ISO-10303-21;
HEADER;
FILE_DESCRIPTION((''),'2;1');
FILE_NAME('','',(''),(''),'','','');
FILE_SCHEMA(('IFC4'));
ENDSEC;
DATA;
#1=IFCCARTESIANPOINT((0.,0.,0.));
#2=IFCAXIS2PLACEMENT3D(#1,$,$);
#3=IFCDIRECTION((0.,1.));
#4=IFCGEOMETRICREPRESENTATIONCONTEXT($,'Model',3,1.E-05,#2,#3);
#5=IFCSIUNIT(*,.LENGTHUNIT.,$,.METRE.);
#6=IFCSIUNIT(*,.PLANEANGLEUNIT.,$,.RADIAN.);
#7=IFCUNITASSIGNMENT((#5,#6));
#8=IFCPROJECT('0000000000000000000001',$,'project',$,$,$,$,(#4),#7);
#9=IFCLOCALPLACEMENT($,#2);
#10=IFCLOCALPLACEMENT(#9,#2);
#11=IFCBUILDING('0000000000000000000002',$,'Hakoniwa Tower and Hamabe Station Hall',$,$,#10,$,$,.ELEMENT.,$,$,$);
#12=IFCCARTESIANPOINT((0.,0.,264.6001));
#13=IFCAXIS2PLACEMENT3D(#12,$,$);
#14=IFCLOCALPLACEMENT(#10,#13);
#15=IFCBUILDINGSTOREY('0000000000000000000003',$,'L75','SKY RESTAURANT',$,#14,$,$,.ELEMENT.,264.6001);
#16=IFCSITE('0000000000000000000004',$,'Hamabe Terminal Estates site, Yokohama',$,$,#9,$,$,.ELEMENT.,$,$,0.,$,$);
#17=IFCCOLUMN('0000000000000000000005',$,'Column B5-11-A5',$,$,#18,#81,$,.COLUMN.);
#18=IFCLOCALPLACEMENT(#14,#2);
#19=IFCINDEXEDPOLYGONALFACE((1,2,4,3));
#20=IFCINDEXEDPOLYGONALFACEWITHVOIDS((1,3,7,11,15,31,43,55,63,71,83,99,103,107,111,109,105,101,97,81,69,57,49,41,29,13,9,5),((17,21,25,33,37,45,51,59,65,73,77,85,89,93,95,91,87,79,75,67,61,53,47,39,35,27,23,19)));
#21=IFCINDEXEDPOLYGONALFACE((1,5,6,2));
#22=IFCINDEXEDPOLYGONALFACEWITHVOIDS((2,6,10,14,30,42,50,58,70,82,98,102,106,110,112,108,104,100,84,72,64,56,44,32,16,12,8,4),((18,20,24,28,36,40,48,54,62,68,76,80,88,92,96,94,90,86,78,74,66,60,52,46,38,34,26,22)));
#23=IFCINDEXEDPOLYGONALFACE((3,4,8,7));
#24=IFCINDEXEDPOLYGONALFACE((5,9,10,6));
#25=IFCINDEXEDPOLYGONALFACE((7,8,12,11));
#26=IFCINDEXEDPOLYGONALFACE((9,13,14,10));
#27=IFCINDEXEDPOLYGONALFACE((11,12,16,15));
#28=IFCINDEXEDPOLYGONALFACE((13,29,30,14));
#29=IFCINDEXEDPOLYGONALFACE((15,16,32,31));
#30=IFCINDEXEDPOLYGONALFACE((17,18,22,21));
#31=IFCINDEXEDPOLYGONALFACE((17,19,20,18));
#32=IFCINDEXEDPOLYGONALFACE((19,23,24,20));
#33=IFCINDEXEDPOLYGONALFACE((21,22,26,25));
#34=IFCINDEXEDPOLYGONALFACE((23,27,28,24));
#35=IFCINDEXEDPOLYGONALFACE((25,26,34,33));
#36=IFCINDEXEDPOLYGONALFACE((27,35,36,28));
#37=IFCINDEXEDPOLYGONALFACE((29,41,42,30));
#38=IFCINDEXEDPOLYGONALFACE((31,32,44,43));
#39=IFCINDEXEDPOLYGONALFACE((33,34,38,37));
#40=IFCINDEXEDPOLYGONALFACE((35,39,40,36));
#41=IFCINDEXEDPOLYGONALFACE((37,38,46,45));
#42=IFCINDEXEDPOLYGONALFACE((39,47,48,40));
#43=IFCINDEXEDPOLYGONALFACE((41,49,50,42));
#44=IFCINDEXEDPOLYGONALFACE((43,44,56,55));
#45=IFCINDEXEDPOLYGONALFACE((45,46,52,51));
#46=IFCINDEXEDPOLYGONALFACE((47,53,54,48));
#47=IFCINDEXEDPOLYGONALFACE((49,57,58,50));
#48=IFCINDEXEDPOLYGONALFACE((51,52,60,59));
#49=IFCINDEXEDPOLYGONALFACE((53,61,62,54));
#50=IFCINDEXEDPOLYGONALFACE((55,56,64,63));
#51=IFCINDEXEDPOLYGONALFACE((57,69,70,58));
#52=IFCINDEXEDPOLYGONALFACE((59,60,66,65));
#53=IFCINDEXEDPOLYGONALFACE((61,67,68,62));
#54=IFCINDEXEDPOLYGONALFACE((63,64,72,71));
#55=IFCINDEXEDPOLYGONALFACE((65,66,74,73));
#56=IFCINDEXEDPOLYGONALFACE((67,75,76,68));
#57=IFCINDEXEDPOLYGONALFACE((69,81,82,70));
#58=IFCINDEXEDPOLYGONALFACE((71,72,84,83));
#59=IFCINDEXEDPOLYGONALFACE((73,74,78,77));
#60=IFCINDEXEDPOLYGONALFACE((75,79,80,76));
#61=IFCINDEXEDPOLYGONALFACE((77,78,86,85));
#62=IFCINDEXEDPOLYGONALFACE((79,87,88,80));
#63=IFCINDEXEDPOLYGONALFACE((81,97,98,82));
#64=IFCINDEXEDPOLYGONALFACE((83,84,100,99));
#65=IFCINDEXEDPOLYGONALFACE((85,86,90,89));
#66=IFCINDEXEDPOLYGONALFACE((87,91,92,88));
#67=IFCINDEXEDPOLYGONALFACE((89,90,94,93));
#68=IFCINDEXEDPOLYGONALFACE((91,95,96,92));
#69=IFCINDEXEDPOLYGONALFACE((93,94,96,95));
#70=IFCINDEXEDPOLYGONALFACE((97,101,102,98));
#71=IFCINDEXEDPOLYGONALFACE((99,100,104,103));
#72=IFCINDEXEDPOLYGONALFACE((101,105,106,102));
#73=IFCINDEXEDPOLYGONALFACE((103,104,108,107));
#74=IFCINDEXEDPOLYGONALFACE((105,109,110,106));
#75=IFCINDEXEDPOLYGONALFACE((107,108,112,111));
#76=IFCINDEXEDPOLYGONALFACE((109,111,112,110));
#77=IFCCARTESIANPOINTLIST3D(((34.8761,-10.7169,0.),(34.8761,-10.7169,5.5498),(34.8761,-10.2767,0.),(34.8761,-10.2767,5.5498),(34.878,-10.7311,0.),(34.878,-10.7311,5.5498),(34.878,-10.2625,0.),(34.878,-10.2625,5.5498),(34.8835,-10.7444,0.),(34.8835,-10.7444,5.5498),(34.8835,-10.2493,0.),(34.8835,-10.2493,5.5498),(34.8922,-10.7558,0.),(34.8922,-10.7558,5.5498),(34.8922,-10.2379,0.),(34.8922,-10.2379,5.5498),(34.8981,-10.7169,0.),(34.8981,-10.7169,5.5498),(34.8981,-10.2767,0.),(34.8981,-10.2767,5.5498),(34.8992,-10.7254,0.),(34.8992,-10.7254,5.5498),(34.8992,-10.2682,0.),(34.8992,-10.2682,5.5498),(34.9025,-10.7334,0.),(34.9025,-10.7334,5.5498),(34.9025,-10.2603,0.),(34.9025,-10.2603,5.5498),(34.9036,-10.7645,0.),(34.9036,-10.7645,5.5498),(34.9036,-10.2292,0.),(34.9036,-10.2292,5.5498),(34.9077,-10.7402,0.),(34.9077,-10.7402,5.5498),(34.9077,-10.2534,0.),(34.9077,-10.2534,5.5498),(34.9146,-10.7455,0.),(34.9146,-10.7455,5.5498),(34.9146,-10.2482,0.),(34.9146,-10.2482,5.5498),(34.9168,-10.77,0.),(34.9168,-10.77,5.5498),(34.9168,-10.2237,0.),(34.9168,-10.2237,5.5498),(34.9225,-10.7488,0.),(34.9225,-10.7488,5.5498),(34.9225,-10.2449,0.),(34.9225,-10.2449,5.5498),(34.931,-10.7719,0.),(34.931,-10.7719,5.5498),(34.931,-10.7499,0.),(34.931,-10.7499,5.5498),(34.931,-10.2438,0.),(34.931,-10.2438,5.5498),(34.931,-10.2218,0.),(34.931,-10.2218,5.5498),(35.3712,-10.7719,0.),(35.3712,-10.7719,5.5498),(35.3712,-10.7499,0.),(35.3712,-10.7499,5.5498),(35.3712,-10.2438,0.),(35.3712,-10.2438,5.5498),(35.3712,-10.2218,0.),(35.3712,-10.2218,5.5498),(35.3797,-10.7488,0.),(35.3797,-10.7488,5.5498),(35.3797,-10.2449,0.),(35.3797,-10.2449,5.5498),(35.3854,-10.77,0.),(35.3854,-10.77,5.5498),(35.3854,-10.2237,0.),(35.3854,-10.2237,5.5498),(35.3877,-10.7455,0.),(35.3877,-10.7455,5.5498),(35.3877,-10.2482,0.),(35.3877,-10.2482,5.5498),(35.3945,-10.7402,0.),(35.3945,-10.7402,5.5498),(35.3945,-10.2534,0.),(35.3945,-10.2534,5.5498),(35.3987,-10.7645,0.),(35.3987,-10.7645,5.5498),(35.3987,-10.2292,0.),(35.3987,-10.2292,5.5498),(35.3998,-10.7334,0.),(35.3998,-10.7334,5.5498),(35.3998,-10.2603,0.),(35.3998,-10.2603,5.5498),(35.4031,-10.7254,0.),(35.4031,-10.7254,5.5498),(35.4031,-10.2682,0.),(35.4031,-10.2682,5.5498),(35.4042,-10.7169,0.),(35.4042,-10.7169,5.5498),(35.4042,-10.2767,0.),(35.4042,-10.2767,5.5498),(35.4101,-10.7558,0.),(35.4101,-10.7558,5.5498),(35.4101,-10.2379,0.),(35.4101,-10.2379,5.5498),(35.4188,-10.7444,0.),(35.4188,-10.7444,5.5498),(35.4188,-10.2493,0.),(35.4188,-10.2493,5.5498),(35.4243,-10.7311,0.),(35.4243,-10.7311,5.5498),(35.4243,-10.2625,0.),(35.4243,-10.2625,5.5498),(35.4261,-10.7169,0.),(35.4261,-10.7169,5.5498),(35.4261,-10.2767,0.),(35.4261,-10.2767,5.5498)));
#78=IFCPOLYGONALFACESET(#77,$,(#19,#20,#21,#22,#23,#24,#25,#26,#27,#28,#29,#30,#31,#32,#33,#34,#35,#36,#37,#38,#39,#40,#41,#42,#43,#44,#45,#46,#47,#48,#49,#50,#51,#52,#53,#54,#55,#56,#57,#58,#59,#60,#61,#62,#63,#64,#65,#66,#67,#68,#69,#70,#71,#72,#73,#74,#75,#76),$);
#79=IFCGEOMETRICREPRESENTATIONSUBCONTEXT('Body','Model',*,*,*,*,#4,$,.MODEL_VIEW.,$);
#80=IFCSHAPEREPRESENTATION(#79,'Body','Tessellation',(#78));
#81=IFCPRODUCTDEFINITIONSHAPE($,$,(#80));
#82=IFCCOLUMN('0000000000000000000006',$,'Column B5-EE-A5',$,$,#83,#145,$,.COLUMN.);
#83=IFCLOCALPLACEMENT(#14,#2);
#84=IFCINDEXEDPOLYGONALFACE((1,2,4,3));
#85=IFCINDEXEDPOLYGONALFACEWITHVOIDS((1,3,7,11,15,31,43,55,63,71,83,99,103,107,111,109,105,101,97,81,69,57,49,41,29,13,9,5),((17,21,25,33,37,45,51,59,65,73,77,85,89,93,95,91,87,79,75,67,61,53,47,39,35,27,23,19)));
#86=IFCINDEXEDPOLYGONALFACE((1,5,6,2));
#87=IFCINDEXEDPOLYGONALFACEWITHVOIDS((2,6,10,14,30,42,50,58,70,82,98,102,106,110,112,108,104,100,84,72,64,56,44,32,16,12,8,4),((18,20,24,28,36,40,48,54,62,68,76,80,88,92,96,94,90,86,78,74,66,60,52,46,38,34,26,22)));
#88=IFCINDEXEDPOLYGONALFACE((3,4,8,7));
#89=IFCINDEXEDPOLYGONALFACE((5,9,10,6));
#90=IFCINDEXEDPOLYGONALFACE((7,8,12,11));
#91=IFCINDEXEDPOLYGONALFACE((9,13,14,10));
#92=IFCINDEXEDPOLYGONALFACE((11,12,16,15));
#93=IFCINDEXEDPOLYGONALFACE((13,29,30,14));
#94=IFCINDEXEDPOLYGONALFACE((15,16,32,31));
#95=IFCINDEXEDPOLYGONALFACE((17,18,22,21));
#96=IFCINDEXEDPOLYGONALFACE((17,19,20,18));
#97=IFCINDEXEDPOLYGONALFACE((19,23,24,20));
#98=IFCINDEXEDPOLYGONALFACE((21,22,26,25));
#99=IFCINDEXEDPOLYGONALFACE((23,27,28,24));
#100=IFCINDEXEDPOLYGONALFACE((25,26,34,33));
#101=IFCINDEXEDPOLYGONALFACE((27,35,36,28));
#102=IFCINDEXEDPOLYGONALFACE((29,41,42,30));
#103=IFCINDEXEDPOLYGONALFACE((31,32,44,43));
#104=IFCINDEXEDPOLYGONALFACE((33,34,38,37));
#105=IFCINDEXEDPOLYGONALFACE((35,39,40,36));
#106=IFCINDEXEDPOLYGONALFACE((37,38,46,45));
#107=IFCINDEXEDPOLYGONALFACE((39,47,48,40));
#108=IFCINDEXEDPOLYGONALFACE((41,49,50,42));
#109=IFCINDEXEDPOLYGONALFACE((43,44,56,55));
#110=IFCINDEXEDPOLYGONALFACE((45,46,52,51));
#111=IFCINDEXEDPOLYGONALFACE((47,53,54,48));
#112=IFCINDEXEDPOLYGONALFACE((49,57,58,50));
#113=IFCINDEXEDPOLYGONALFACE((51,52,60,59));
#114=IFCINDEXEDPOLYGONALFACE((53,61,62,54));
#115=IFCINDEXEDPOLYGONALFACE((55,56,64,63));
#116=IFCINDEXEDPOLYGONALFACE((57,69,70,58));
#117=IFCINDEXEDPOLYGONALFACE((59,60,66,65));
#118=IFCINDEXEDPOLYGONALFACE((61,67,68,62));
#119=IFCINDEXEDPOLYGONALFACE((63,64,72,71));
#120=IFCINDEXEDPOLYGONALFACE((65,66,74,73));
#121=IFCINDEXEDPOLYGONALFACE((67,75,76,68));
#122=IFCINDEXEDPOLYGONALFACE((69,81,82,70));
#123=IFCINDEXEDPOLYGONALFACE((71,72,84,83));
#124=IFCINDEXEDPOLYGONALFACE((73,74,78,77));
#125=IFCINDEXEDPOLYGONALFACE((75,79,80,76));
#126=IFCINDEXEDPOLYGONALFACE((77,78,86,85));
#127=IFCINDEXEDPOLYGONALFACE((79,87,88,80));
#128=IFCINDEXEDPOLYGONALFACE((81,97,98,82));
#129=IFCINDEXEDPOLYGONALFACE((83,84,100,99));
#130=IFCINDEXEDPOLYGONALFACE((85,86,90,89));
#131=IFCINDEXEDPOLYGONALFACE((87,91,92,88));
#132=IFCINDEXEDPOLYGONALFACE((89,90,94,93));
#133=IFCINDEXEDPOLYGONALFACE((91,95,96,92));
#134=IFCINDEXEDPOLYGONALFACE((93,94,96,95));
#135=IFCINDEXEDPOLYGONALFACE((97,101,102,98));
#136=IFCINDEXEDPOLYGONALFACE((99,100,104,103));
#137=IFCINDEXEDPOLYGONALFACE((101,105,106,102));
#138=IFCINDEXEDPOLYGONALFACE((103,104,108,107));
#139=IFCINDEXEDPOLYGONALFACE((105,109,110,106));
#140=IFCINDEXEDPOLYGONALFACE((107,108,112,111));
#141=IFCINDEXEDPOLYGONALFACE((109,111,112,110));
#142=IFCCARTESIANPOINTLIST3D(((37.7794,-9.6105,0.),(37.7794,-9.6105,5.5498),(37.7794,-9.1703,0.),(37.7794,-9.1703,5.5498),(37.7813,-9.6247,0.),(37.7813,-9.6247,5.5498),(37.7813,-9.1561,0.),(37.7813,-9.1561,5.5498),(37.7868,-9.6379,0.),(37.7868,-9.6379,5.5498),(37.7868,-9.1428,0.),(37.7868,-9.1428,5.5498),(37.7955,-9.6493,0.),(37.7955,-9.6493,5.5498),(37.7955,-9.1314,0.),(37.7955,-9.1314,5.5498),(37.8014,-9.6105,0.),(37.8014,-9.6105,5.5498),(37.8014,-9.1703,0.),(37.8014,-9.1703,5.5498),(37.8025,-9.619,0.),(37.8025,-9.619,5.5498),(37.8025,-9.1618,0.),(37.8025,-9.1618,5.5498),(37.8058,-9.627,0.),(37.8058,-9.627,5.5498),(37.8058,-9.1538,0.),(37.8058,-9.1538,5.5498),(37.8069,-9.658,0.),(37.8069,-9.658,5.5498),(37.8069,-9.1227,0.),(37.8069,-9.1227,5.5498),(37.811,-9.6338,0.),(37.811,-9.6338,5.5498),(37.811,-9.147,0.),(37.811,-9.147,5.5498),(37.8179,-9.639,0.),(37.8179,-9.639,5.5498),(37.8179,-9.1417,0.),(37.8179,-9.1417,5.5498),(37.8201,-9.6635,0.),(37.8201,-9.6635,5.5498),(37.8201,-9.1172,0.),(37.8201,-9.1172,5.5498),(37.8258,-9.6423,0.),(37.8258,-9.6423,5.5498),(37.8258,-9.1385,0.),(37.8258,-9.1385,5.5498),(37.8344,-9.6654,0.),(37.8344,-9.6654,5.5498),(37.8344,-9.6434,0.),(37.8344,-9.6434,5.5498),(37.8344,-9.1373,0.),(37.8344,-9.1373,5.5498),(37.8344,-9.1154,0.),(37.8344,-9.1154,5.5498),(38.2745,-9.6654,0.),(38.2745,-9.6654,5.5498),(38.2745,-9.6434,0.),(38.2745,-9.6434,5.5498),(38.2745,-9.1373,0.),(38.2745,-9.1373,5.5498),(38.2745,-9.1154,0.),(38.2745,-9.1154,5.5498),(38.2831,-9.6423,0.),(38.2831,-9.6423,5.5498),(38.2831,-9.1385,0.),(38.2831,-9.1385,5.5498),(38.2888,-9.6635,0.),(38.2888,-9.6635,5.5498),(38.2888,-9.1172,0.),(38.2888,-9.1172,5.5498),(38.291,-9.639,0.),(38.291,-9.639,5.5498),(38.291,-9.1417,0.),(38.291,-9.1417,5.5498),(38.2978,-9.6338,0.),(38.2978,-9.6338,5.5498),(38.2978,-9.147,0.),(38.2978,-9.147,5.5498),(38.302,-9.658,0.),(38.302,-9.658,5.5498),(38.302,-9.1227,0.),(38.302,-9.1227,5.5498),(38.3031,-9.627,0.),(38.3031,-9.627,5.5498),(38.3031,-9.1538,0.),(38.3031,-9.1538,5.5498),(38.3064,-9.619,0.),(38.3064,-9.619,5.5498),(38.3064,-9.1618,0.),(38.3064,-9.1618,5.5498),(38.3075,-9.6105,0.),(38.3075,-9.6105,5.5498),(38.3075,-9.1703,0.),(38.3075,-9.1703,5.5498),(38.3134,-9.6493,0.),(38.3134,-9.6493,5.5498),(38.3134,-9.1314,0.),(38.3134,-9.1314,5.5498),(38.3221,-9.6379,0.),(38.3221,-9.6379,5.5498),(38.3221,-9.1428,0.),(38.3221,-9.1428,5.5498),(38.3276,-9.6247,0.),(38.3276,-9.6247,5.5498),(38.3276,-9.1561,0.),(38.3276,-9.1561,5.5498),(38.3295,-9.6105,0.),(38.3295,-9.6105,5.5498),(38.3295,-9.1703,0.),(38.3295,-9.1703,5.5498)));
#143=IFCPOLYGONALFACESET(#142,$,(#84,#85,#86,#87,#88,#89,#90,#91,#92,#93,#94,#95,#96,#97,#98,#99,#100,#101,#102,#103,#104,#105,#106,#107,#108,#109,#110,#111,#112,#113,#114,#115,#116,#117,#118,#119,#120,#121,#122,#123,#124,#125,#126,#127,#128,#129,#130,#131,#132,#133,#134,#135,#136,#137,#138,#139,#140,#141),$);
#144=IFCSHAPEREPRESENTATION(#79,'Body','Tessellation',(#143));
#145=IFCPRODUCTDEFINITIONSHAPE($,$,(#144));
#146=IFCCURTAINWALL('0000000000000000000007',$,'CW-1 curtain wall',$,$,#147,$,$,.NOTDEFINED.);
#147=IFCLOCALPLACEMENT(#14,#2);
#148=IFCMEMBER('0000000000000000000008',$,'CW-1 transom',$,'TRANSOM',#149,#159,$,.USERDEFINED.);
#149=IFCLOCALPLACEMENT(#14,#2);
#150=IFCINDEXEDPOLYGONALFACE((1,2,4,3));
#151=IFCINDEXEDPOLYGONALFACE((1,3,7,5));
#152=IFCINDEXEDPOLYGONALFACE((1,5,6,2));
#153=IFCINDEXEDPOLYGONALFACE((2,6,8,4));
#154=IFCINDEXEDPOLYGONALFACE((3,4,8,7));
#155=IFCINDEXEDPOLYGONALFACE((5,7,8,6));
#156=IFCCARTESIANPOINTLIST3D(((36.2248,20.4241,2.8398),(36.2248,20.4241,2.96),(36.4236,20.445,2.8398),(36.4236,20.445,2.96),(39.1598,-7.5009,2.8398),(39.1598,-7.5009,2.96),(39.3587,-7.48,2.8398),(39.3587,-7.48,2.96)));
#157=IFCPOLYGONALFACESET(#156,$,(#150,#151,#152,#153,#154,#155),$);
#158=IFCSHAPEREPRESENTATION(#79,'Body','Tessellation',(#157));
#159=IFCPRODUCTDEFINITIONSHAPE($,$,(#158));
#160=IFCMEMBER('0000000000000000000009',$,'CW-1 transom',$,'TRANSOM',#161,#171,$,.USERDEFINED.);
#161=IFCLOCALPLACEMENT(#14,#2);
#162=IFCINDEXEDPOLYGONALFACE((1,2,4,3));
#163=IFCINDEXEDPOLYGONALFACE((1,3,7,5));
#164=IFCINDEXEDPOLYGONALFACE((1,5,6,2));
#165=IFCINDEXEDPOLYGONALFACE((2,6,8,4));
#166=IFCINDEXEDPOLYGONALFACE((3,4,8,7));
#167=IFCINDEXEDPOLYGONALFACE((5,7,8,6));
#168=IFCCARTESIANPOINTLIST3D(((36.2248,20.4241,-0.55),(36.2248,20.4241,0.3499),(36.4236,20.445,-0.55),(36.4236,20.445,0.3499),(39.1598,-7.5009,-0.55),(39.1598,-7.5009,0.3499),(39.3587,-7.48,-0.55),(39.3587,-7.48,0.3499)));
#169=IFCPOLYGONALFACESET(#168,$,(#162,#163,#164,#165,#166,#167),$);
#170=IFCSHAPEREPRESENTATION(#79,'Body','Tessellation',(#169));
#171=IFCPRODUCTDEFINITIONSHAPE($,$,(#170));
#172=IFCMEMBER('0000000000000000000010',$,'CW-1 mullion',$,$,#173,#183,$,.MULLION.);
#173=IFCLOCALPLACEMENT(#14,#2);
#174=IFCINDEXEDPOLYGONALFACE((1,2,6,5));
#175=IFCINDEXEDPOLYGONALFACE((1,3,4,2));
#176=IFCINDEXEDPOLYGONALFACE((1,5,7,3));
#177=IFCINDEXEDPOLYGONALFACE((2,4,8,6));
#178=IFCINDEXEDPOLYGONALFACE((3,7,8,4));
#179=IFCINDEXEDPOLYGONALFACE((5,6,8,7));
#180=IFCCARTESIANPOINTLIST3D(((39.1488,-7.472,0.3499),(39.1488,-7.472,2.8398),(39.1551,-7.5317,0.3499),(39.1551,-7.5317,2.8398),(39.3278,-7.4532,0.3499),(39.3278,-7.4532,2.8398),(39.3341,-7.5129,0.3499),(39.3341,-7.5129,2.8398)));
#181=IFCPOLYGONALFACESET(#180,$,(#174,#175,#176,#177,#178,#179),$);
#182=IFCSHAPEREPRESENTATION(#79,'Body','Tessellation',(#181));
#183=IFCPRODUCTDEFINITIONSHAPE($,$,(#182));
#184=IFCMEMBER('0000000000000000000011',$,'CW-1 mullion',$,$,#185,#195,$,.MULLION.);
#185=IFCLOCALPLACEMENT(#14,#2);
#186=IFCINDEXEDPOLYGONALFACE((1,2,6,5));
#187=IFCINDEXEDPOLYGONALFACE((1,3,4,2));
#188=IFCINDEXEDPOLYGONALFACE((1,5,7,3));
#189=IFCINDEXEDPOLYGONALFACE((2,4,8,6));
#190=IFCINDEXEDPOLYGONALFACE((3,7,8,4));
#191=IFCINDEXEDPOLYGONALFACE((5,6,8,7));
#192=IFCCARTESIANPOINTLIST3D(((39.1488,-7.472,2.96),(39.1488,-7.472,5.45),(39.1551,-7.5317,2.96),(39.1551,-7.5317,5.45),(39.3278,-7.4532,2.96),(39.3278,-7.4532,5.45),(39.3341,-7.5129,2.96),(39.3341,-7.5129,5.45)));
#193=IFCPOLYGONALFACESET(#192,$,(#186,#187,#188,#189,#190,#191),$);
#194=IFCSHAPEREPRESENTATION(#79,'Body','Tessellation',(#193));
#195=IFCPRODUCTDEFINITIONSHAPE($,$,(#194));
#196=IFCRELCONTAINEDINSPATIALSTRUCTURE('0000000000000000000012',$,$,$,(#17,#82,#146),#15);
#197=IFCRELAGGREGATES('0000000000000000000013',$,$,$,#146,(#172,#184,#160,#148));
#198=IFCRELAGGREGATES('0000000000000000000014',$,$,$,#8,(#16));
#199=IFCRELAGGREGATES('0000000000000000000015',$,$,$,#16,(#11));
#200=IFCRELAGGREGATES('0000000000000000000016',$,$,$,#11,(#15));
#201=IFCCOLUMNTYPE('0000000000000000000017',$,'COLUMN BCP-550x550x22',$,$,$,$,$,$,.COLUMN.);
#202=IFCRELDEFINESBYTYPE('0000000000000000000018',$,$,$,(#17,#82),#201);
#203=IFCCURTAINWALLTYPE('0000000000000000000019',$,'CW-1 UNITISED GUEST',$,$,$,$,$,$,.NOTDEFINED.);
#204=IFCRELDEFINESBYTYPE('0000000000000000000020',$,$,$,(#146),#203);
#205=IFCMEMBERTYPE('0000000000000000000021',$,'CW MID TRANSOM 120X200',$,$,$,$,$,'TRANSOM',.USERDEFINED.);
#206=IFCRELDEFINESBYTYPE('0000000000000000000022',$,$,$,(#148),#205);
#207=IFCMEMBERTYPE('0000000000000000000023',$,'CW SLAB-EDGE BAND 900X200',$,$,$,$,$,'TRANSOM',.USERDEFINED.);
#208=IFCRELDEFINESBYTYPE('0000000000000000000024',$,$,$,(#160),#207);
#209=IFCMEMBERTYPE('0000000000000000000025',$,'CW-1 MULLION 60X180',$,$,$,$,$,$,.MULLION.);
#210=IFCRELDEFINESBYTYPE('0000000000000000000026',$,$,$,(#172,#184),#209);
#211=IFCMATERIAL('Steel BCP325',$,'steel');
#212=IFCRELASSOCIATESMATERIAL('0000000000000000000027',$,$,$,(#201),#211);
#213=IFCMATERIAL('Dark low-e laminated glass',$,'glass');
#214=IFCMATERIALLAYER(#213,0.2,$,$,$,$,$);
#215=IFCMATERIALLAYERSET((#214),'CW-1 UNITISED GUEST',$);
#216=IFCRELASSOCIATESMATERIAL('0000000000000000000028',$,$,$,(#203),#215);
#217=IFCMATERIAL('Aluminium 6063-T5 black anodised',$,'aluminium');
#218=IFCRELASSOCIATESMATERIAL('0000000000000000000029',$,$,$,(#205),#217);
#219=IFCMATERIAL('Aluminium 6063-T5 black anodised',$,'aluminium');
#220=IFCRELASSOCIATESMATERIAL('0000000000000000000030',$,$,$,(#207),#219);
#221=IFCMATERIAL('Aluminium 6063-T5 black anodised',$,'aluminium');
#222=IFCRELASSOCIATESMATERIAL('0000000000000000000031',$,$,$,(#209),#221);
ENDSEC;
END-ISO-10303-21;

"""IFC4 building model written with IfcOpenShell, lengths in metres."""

from ifc_helpers import new_model, si_unit, direction, frame, origin, origin_2d, place, context, subcontext, project, spatial, rectangle, hollow_rectangle, extrude, material, layer, layer_set, material_profile, profile_set, type_object, element, aggregate, save


model = new_model("IFC4")

# Units and contexts
model_context = context("Model", 3, precision=1e-05, world=origin(), true_north=direction((0.0, 1.0)))
body_context = subcontext(model_context, "Body", "Model", "MODEL_VIEW")
ifc_project = project(units=[si_unit("LENGTHUNIT", "METRE"), si_unit("PLANEANGLEUNIT", "RADIAN")], contexts=[model_context])

# Site, building, storey
site_placement = place(None, origin())
site = spatial("IfcSite", under=ifc_project, at=site_placement, Name="Hamabe Terminal Estates site, Yokohama", CompositionType="ELEMENT", RefElevation=0.0)
building_placement = place(site_placement, origin())
building = spatial("IfcBuilding", under=site, at=building_placement, Name="Hakoniwa Tower and Hamabe Station Hall", CompositionType="ELEMENT")
storey_placement = place(building_placement, frame((0.0, 0.0, 264.6001)))
storey = spatial("IfcBuildingStorey", under=building, at=storey_placement, Name="L75", Description="SKY RESTAURANT", CompositionType="ELEMENT", Elevation=264.6001)

# Columns
ifc_material_1 = material(Name="Steel BCP325", Category="steel")
ifc_material_profile_1 = material_profile(ifc_material_1, hollow_rectangle(XDim=0.55, YDim=0.55, WallThickness=0.022, InnerFilletRadius=0.033, OuterFilletRadius=0.0549, at=origin_2d()), Name="BCP-550x550x22")
ifc_profile_set_1 = profile_set([ifc_material_profile_1], Name="Steel BCP325")
column_type = type_object("IfcColumnType", Name="COLUMN BCP-550x550x22", PredefinedType="COLUMN", material=ifc_profile_set_1)
for number, where, z_axis, x_axis, name in (
    (1, (35.1511, -10.4968, 0.0), (0.0, 0.0, 1.0), (1.0, 0.0, 0.0), "Column B5-11-A5"),
    (2, (38.0544, -9.3904, 0.0), (0.0, 0.0, 1.0), (1.0, 0.0, 0.0), "Column B5-EE-A5"),
):
    element("IfcColumn", number, at=place(storey_placement, frame(where, z_axis=z_axis, x_axis=x_axis)), inside=storey, type_object=column_type, Name=name, PredefinedType="COLUMN", context=body_context, shape_type="SweptSolid", body=[
        extrude(hollow_rectangle(XDim=0.55, YDim=0.55, WallThickness=0.022, InnerFilletRadius=0.033, OuterFilletRadius=0.0549, at=origin_2d()), origin(), (0.0, 0.0, 1.0), 5.5498),
    ])

# Curtain wall, members
ifc_material_2 = material(Name="Dark low-e laminated glass", Category="glass")
ifc_layer_1 = layer(ifc_material_2, 0.2)
ifc_layer_set_1 = layer_set([ifc_layer_1], Name="CW-1 UNITISED GUEST")
curtain_wall_type = type_object("IfcCurtainWallType", Name="CW-1 UNITISED GUEST", PredefinedType="NOTDEFINED", material=ifc_layer_set_1)
curtain_wall_1_placement = place(storey_placement, origin())
curtain_wall_1 = element("IfcCurtainWall", 3, at=curtain_wall_1_placement, inside=storey, type_object=curtain_wall_type, Name="CW-1 curtain wall", PredefinedType="NOTDEFINED")
ifc_material_3 = material(Name="Aluminium 6063-T5 black anodised", Category="aluminium")
ifc_material_profile_2 = material_profile(ifc_material_3, rectangle(XDim=0.2, YDim=0.1201, at=origin_2d()), Name="CW MID TRANSOM 120X200")
ifc_profile_set_2 = profile_set([ifc_material_profile_2], Name="Aluminium 6063-T5 black anodised")
member_type_1 = type_object("IfcMemberType", Name="CW MID TRANSOM 120X200", ElementType="TRANSOM", PredefinedType="USERDEFINED", material=ifc_profile_set_2)
member_1_placement = place(storey_placement, frame((39.2593, -7.4905, 2.8999), z_axis=(-0.104529, 0.994522, 0.0), x_axis=(-0.994522, -0.104529, 0.0)))
member_1 = element("IfcMember", 4, at=member_1_placement, type_object=member_type_1, Name="CW-1 transom", ObjectType="TRANSOM", PredefinedType="USERDEFINED", context=body_context, shape_type="SweptSolid", body=[
    extrude(rectangle(XDim=0.2, YDim=0.1201, at=origin_2d()), origin(), (0.0, 0.0, 1.0), 28.0789),
])
ifc_material_4 = material(Name="Aluminium 6063-T5 black anodised", Category="aluminium")
ifc_material_profile_3 = material_profile(ifc_material_4, rectangle(XDim=0.2, YDim=0.8999, at=origin_2d()), Name="CW SLAB-EDGE BAND 900X200")
ifc_profile_set_3 = profile_set([ifc_material_profile_3], Name="Aluminium 6063-T5 black anodised")
member_type_2 = type_object("IfcMemberType", Name="CW SLAB-EDGE BAND 900X200", ElementType="TRANSOM", PredefinedType="USERDEFINED", material=ifc_profile_set_3)
member_2_placement = place(storey_placement, frame((39.2593, -7.4905, -0.1001), z_axis=(-0.104529, 0.994522, 0.0), x_axis=(-0.994522, -0.104529, 0.0)))
member_2 = element("IfcMember", 5, at=member_2_placement, type_object=member_type_2, Name="CW-1 transom", ObjectType="TRANSOM", PredefinedType="USERDEFINED", context=body_context, shape_type="SweptSolid", body=[
    extrude(rectangle(XDim=0.2, YDim=0.8999, at=origin_2d()), origin(), (0.0, 0.0, 1.0), 28.0789),
])
ifc_material_5 = material(Name="Aluminium 6063-T5 black anodised", Category="aluminium")
ifc_material_profile_4 = material_profile(ifc_material_5, rectangle(XDim=0.0601, YDim=0.1799, at=origin_2d()), Name="CW-1 MULLION 60X180")
ifc_profile_set_4 = profile_set([ifc_material_profile_4], Name="Aluminium 6063-T5 black anodised")
member_type_3 = type_object("IfcMemberType", Name="CW-1 MULLION 60X180", PredefinedType="MULLION", material=ifc_profile_set_4)
member_3_placement = place(storey_placement, frame((39.2415, -7.4924, 0.3499), z_axis=(0.0, 0.0, 1.0), x_axis=(-0.104528, 0.994522, 0.0)))
member_3 = element("IfcMember", 6, at=member_3_placement, type_object=member_type_3, Name="CW-1 mullion", PredefinedType="MULLION", context=body_context, shape_type="SweptSolid", body=[
    extrude(rectangle(XDim=0.0601, YDim=0.1799, at=origin_2d()), origin(), (0.0, 0.0, 1.0), 2.49),
])
member_4_placement = place(storey_placement, frame((39.2415, -7.4924, 2.96), z_axis=(0.0, 0.0, 1.0), x_axis=(-0.104528, 0.994522, 0.0)))
member_4 = element("IfcMember", 7, at=member_4_placement, type_object=member_type_3, Name="CW-1 mullion", PredefinedType="MULLION", context=body_context, shape_type="SweptSolid", body=[
    extrude(rectangle(XDim=0.0601, YDim=0.1799, at=origin_2d()), origin(), (0.0, 0.0, 1.0), 2.49),
])

aggregate(curtain_wall_1, [member_3, member_4, member_2, member_1])

save(model, "model.ifc")
